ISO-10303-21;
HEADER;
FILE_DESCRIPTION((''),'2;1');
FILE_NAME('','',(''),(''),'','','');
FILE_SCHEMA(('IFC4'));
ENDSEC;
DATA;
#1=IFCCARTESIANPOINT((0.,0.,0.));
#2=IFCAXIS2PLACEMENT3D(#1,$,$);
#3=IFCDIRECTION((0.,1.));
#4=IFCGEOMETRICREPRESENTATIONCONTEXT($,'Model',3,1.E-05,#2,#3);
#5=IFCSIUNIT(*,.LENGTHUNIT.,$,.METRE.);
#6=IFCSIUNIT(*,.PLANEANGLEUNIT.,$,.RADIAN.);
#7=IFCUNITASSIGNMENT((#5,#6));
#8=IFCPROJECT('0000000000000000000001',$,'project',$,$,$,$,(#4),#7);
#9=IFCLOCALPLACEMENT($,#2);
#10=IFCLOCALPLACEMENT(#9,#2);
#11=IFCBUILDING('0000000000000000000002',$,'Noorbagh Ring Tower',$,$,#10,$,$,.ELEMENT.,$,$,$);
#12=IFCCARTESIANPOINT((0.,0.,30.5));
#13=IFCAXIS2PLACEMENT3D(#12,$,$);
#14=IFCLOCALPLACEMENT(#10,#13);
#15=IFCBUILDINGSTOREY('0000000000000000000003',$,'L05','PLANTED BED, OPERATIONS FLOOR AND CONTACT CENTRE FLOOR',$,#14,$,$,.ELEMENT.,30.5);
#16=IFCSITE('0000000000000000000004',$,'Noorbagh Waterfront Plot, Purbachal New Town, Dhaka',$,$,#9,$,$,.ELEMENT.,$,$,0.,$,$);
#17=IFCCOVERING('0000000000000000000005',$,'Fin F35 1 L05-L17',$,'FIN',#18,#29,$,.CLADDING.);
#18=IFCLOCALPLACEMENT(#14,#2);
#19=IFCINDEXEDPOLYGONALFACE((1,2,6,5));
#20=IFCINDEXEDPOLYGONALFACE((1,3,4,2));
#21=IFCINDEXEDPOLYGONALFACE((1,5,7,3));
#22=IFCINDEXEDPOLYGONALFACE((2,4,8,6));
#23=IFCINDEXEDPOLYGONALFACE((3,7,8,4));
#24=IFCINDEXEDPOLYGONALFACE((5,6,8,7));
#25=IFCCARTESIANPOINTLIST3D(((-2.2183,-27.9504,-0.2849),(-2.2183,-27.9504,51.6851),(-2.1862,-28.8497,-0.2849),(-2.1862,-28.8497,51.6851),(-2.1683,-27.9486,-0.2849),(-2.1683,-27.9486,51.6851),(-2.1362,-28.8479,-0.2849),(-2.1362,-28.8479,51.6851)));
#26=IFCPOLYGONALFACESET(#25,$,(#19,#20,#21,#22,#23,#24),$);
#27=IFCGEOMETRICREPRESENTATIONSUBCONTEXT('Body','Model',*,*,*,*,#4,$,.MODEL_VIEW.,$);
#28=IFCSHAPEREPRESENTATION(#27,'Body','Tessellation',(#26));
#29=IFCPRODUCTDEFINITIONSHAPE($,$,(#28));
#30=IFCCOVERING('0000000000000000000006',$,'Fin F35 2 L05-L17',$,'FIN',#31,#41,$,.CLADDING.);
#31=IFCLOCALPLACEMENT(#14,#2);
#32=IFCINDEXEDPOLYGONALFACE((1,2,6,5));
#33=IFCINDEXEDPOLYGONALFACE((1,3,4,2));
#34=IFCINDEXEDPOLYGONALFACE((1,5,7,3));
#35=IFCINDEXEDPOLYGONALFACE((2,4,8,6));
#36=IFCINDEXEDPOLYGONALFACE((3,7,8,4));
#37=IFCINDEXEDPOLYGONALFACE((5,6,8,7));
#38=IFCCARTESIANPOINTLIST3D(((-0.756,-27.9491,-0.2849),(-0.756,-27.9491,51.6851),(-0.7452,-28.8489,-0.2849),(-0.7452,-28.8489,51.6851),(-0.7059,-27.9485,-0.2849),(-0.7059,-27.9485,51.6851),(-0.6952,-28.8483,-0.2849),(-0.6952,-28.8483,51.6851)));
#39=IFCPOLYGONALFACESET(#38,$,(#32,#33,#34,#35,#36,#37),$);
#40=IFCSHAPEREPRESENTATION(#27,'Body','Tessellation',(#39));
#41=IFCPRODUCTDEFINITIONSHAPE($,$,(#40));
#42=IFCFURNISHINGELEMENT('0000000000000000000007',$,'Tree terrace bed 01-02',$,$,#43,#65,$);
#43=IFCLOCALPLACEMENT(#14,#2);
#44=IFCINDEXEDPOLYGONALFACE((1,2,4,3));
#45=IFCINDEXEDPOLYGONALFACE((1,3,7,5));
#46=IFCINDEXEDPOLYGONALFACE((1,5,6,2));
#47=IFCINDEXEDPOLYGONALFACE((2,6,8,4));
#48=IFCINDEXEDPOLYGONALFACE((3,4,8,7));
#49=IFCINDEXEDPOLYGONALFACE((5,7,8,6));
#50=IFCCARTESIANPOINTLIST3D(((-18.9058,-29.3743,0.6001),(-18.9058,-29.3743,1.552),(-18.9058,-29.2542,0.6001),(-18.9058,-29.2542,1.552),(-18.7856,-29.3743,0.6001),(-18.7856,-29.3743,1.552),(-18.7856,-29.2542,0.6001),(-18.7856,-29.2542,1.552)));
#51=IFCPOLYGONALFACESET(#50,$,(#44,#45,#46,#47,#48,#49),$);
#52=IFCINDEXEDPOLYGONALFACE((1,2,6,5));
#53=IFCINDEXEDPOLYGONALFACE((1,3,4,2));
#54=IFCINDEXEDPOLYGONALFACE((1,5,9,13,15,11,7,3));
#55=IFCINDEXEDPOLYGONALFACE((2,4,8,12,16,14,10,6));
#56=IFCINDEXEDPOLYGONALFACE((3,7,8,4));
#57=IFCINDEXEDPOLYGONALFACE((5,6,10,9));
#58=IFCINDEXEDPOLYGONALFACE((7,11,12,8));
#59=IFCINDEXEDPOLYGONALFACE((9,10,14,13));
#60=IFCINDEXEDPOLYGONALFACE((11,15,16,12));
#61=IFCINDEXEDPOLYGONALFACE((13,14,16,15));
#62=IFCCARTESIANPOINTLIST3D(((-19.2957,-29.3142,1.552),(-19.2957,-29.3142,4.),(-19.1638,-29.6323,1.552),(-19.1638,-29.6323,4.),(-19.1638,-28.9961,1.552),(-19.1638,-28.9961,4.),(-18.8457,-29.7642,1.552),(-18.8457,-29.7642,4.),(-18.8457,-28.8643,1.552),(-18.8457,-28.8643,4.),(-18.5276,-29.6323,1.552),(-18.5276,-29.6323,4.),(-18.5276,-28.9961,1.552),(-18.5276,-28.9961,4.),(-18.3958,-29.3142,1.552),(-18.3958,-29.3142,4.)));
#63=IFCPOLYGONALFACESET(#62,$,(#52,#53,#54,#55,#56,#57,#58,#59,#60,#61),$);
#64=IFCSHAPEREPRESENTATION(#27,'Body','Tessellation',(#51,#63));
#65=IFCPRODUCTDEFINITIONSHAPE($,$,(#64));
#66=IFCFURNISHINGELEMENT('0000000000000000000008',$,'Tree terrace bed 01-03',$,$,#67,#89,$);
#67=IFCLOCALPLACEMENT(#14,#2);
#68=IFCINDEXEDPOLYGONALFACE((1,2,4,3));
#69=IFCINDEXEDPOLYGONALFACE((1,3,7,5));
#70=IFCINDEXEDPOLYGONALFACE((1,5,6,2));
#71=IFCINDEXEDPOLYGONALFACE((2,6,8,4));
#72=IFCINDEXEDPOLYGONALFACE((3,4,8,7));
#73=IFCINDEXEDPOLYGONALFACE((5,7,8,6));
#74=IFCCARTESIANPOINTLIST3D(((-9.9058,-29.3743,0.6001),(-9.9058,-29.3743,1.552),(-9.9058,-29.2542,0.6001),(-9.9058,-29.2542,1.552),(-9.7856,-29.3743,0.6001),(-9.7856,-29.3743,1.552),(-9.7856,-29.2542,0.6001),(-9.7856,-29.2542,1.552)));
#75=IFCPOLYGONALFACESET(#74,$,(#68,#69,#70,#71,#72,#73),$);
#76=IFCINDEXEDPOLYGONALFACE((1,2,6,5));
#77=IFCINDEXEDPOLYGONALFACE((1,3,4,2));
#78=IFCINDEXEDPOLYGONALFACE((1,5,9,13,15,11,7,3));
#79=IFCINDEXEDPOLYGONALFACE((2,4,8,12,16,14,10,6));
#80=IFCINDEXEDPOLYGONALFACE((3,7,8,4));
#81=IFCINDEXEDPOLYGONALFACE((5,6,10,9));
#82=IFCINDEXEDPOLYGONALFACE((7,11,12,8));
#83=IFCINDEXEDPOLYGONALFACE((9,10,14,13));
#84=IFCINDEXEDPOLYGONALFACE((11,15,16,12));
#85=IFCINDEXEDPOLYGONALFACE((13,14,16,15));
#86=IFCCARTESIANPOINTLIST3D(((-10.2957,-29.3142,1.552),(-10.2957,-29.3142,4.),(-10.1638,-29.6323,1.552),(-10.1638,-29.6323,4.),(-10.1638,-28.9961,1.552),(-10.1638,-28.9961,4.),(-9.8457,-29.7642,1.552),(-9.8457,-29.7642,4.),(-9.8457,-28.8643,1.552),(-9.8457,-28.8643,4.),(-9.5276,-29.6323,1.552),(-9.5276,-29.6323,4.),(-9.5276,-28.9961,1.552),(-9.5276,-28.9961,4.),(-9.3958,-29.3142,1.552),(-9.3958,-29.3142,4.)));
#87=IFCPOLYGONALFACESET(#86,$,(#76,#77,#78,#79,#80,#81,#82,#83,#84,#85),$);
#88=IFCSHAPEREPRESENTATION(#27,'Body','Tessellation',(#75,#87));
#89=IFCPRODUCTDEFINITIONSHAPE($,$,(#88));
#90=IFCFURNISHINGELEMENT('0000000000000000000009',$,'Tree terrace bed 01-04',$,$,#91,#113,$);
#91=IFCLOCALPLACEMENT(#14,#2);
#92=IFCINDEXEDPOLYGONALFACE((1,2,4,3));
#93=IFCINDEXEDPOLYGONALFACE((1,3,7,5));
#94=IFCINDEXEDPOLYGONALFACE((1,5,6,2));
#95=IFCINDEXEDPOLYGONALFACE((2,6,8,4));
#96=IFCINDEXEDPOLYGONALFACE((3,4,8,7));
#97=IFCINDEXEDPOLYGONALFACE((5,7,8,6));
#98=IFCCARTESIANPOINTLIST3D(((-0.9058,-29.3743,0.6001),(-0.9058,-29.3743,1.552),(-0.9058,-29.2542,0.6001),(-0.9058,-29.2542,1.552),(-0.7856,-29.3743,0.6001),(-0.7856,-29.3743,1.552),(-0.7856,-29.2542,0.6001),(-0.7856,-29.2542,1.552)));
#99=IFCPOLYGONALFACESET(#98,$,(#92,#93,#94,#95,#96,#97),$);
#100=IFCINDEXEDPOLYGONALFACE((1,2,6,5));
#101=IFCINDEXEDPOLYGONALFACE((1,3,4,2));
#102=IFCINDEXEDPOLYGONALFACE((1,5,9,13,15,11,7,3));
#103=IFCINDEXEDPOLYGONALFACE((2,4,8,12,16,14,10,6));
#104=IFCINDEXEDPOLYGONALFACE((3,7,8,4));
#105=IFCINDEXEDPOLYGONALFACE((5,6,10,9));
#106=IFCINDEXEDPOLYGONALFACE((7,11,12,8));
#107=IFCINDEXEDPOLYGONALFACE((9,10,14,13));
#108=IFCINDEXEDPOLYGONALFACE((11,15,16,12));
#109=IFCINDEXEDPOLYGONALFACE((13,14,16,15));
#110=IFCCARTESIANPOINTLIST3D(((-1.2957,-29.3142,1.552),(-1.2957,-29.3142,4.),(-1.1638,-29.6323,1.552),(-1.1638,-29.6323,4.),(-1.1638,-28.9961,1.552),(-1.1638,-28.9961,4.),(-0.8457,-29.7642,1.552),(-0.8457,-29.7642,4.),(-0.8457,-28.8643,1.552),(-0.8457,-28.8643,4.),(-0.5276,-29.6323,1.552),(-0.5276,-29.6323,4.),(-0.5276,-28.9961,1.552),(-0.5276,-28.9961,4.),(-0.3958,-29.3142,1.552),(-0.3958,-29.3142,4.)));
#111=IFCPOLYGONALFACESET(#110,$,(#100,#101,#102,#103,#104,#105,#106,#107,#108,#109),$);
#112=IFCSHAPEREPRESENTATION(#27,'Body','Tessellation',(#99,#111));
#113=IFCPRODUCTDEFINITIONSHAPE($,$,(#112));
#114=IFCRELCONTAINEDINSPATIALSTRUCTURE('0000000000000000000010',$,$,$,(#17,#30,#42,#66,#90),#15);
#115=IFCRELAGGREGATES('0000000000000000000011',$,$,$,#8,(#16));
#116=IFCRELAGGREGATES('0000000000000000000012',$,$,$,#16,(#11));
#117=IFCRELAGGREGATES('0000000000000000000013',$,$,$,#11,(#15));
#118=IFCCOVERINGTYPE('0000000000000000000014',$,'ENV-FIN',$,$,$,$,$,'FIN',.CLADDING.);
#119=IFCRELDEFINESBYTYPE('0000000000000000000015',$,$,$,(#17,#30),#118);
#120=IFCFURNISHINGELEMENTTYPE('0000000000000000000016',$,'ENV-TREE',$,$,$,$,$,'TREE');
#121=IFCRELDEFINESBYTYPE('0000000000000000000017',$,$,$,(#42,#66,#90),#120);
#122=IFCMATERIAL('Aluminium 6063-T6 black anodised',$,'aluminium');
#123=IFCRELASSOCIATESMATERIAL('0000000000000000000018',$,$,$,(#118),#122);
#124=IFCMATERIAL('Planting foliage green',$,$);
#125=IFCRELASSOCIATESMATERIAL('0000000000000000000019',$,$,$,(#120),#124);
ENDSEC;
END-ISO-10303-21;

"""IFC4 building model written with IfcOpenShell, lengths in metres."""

from ifc_helpers import new_model, si_unit, direction, frame, origin, origin_2d, place, context, subcontext, project, spatial, polyline, rectangle, outline, extrude, material, material_profile, profile_set, type_object, element, save


model = new_model("IFC4")

# Units and contexts
model_context = context("Model", 3, precision=1e-05, world=origin(), true_north=direction((0.0, 1.0)))
body_context = subcontext(model_context, "Body", "Model", "MODEL_VIEW")
ifc_project = project(units=[si_unit("LENGTHUNIT", "METRE"), si_unit("PLANEANGLEUNIT", "RADIAN")], contexts=[model_context])

# Site, building, storey
site_placement = place(None, origin())
site = spatial("IfcSite", under=ifc_project, at=site_placement, Name="Noorbagh Waterfront Plot, Purbachal New Town, Dhaka", CompositionType="ELEMENT", RefElevation=0.0)
building_placement = place(site_placement, origin())
building = spatial("IfcBuilding", under=site, at=building_placement, Name="Noorbagh Ring Tower", CompositionType="ELEMENT")
storey_placement = place(building_placement, frame((0.0, 0.0, 30.5)))
storey = spatial("IfcBuildingStorey", under=building, at=storey_placement, Name="L05", Description="PLANTED BED, OPERATIONS FLOOR AND CONTACT CENTRE FLOOR", CompositionType="ELEMENT", Elevation=30.5)

# Coverings
ifc_material_1 = material(Name="Aluminium 6063-T6 black anodised", Category="aluminium")
ifc_material_profile_1 = material_profile(ifc_material_1, rectangle(XDim=0.8999, YDim=0.05, at=origin_2d()), Name="900x50")
ifc_profile_set_1 = profile_set([ifc_material_profile_1], Name="Aluminium 6063-T6 black anodised")
covering_type = type_object("IfcCoveringType", Name="ENV-FIN", ElementType="FIN", PredefinedType="CLADDING", material=ifc_profile_set_1)
for number, where, z_axis, x_axis, name in (
    (1, (-2.1772, -28.3992, -0.2849), (0.0, 0.0, 1.0), (0.035641, -0.999365, 0.0), "Fin F35 1 L05-L17"),
    (2, (-0.7256, -28.3987, -0.2849), (0.0, 0.0, 1.0), (0.011915, -0.999929, 0.0), "Fin F35 2 L05-L17"),
):
    element("IfcCovering", number, at=place(storey_placement, frame(where, z_axis=z_axis, x_axis=x_axis)), inside=storey, type_object=covering_type, Name=name, ObjectType="FIN", PredefinedType="CLADDING", context=body_context, shape_type="SweptSolid", body=[
        extrude(rectangle(XDim=0.8999, YDim=0.05, at=origin_2d()), origin(), (0.0, 0.0, 1.0), 51.97),
    ])

# Furnishing elements
ifc_material_2 = material(Name="Planting foliage green")
furnishing_element_type = type_object("IfcFurnishingElementType", Name="ENV-TREE", ElementType="TREE", material=ifc_material_2)
for number, where, z_axis, x_axis, name in (
    (3, (-18.8457, -29.3142, 0.6001), (0.0, 0.0, 1.0), (1.0, 0.0, 0.0), "Tree terrace bed 01-02"),
    (4, (-9.8457, -29.3142, 0.6001), (0.0, 0.0, 1.0), (1.0, 0.0, 0.0), "Tree terrace bed 01-03"),
    (5, (-0.8457, -29.3142, 0.6001), (0.0, 0.0, 1.0), (1.0, 0.0, 0.0), "Tree terrace bed 01-04"),
):
    element("IfcFurnishingElement", number, at=place(storey_placement, frame(where, z_axis=z_axis, x_axis=x_axis)), inside=storey, type_object=furnishing_element_type, Name=name, context=body_context, shape_type="SweptSolid", body=[
        extrude(rectangle(XDim=0.1201, YDim=0.1201, at=origin_2d()), origin(), (0.0, 0.0, 1.0), 0.9519),
        extrude(outline(polyline([(0.45, 0.0), (0.3181, 0.3181), (0.0, 0.45), (-0.3181, 0.3181), (-0.45, 0.0), (-0.3181, -0.3181), (0.0, -0.45), (0.3181, -0.3181), (0.45, 0.0)])), frame((0.0, 0.0, 0.9519)), (0.0, 0.0, 1.0), 2.448),
    ])

save(model, "model.ifc")
